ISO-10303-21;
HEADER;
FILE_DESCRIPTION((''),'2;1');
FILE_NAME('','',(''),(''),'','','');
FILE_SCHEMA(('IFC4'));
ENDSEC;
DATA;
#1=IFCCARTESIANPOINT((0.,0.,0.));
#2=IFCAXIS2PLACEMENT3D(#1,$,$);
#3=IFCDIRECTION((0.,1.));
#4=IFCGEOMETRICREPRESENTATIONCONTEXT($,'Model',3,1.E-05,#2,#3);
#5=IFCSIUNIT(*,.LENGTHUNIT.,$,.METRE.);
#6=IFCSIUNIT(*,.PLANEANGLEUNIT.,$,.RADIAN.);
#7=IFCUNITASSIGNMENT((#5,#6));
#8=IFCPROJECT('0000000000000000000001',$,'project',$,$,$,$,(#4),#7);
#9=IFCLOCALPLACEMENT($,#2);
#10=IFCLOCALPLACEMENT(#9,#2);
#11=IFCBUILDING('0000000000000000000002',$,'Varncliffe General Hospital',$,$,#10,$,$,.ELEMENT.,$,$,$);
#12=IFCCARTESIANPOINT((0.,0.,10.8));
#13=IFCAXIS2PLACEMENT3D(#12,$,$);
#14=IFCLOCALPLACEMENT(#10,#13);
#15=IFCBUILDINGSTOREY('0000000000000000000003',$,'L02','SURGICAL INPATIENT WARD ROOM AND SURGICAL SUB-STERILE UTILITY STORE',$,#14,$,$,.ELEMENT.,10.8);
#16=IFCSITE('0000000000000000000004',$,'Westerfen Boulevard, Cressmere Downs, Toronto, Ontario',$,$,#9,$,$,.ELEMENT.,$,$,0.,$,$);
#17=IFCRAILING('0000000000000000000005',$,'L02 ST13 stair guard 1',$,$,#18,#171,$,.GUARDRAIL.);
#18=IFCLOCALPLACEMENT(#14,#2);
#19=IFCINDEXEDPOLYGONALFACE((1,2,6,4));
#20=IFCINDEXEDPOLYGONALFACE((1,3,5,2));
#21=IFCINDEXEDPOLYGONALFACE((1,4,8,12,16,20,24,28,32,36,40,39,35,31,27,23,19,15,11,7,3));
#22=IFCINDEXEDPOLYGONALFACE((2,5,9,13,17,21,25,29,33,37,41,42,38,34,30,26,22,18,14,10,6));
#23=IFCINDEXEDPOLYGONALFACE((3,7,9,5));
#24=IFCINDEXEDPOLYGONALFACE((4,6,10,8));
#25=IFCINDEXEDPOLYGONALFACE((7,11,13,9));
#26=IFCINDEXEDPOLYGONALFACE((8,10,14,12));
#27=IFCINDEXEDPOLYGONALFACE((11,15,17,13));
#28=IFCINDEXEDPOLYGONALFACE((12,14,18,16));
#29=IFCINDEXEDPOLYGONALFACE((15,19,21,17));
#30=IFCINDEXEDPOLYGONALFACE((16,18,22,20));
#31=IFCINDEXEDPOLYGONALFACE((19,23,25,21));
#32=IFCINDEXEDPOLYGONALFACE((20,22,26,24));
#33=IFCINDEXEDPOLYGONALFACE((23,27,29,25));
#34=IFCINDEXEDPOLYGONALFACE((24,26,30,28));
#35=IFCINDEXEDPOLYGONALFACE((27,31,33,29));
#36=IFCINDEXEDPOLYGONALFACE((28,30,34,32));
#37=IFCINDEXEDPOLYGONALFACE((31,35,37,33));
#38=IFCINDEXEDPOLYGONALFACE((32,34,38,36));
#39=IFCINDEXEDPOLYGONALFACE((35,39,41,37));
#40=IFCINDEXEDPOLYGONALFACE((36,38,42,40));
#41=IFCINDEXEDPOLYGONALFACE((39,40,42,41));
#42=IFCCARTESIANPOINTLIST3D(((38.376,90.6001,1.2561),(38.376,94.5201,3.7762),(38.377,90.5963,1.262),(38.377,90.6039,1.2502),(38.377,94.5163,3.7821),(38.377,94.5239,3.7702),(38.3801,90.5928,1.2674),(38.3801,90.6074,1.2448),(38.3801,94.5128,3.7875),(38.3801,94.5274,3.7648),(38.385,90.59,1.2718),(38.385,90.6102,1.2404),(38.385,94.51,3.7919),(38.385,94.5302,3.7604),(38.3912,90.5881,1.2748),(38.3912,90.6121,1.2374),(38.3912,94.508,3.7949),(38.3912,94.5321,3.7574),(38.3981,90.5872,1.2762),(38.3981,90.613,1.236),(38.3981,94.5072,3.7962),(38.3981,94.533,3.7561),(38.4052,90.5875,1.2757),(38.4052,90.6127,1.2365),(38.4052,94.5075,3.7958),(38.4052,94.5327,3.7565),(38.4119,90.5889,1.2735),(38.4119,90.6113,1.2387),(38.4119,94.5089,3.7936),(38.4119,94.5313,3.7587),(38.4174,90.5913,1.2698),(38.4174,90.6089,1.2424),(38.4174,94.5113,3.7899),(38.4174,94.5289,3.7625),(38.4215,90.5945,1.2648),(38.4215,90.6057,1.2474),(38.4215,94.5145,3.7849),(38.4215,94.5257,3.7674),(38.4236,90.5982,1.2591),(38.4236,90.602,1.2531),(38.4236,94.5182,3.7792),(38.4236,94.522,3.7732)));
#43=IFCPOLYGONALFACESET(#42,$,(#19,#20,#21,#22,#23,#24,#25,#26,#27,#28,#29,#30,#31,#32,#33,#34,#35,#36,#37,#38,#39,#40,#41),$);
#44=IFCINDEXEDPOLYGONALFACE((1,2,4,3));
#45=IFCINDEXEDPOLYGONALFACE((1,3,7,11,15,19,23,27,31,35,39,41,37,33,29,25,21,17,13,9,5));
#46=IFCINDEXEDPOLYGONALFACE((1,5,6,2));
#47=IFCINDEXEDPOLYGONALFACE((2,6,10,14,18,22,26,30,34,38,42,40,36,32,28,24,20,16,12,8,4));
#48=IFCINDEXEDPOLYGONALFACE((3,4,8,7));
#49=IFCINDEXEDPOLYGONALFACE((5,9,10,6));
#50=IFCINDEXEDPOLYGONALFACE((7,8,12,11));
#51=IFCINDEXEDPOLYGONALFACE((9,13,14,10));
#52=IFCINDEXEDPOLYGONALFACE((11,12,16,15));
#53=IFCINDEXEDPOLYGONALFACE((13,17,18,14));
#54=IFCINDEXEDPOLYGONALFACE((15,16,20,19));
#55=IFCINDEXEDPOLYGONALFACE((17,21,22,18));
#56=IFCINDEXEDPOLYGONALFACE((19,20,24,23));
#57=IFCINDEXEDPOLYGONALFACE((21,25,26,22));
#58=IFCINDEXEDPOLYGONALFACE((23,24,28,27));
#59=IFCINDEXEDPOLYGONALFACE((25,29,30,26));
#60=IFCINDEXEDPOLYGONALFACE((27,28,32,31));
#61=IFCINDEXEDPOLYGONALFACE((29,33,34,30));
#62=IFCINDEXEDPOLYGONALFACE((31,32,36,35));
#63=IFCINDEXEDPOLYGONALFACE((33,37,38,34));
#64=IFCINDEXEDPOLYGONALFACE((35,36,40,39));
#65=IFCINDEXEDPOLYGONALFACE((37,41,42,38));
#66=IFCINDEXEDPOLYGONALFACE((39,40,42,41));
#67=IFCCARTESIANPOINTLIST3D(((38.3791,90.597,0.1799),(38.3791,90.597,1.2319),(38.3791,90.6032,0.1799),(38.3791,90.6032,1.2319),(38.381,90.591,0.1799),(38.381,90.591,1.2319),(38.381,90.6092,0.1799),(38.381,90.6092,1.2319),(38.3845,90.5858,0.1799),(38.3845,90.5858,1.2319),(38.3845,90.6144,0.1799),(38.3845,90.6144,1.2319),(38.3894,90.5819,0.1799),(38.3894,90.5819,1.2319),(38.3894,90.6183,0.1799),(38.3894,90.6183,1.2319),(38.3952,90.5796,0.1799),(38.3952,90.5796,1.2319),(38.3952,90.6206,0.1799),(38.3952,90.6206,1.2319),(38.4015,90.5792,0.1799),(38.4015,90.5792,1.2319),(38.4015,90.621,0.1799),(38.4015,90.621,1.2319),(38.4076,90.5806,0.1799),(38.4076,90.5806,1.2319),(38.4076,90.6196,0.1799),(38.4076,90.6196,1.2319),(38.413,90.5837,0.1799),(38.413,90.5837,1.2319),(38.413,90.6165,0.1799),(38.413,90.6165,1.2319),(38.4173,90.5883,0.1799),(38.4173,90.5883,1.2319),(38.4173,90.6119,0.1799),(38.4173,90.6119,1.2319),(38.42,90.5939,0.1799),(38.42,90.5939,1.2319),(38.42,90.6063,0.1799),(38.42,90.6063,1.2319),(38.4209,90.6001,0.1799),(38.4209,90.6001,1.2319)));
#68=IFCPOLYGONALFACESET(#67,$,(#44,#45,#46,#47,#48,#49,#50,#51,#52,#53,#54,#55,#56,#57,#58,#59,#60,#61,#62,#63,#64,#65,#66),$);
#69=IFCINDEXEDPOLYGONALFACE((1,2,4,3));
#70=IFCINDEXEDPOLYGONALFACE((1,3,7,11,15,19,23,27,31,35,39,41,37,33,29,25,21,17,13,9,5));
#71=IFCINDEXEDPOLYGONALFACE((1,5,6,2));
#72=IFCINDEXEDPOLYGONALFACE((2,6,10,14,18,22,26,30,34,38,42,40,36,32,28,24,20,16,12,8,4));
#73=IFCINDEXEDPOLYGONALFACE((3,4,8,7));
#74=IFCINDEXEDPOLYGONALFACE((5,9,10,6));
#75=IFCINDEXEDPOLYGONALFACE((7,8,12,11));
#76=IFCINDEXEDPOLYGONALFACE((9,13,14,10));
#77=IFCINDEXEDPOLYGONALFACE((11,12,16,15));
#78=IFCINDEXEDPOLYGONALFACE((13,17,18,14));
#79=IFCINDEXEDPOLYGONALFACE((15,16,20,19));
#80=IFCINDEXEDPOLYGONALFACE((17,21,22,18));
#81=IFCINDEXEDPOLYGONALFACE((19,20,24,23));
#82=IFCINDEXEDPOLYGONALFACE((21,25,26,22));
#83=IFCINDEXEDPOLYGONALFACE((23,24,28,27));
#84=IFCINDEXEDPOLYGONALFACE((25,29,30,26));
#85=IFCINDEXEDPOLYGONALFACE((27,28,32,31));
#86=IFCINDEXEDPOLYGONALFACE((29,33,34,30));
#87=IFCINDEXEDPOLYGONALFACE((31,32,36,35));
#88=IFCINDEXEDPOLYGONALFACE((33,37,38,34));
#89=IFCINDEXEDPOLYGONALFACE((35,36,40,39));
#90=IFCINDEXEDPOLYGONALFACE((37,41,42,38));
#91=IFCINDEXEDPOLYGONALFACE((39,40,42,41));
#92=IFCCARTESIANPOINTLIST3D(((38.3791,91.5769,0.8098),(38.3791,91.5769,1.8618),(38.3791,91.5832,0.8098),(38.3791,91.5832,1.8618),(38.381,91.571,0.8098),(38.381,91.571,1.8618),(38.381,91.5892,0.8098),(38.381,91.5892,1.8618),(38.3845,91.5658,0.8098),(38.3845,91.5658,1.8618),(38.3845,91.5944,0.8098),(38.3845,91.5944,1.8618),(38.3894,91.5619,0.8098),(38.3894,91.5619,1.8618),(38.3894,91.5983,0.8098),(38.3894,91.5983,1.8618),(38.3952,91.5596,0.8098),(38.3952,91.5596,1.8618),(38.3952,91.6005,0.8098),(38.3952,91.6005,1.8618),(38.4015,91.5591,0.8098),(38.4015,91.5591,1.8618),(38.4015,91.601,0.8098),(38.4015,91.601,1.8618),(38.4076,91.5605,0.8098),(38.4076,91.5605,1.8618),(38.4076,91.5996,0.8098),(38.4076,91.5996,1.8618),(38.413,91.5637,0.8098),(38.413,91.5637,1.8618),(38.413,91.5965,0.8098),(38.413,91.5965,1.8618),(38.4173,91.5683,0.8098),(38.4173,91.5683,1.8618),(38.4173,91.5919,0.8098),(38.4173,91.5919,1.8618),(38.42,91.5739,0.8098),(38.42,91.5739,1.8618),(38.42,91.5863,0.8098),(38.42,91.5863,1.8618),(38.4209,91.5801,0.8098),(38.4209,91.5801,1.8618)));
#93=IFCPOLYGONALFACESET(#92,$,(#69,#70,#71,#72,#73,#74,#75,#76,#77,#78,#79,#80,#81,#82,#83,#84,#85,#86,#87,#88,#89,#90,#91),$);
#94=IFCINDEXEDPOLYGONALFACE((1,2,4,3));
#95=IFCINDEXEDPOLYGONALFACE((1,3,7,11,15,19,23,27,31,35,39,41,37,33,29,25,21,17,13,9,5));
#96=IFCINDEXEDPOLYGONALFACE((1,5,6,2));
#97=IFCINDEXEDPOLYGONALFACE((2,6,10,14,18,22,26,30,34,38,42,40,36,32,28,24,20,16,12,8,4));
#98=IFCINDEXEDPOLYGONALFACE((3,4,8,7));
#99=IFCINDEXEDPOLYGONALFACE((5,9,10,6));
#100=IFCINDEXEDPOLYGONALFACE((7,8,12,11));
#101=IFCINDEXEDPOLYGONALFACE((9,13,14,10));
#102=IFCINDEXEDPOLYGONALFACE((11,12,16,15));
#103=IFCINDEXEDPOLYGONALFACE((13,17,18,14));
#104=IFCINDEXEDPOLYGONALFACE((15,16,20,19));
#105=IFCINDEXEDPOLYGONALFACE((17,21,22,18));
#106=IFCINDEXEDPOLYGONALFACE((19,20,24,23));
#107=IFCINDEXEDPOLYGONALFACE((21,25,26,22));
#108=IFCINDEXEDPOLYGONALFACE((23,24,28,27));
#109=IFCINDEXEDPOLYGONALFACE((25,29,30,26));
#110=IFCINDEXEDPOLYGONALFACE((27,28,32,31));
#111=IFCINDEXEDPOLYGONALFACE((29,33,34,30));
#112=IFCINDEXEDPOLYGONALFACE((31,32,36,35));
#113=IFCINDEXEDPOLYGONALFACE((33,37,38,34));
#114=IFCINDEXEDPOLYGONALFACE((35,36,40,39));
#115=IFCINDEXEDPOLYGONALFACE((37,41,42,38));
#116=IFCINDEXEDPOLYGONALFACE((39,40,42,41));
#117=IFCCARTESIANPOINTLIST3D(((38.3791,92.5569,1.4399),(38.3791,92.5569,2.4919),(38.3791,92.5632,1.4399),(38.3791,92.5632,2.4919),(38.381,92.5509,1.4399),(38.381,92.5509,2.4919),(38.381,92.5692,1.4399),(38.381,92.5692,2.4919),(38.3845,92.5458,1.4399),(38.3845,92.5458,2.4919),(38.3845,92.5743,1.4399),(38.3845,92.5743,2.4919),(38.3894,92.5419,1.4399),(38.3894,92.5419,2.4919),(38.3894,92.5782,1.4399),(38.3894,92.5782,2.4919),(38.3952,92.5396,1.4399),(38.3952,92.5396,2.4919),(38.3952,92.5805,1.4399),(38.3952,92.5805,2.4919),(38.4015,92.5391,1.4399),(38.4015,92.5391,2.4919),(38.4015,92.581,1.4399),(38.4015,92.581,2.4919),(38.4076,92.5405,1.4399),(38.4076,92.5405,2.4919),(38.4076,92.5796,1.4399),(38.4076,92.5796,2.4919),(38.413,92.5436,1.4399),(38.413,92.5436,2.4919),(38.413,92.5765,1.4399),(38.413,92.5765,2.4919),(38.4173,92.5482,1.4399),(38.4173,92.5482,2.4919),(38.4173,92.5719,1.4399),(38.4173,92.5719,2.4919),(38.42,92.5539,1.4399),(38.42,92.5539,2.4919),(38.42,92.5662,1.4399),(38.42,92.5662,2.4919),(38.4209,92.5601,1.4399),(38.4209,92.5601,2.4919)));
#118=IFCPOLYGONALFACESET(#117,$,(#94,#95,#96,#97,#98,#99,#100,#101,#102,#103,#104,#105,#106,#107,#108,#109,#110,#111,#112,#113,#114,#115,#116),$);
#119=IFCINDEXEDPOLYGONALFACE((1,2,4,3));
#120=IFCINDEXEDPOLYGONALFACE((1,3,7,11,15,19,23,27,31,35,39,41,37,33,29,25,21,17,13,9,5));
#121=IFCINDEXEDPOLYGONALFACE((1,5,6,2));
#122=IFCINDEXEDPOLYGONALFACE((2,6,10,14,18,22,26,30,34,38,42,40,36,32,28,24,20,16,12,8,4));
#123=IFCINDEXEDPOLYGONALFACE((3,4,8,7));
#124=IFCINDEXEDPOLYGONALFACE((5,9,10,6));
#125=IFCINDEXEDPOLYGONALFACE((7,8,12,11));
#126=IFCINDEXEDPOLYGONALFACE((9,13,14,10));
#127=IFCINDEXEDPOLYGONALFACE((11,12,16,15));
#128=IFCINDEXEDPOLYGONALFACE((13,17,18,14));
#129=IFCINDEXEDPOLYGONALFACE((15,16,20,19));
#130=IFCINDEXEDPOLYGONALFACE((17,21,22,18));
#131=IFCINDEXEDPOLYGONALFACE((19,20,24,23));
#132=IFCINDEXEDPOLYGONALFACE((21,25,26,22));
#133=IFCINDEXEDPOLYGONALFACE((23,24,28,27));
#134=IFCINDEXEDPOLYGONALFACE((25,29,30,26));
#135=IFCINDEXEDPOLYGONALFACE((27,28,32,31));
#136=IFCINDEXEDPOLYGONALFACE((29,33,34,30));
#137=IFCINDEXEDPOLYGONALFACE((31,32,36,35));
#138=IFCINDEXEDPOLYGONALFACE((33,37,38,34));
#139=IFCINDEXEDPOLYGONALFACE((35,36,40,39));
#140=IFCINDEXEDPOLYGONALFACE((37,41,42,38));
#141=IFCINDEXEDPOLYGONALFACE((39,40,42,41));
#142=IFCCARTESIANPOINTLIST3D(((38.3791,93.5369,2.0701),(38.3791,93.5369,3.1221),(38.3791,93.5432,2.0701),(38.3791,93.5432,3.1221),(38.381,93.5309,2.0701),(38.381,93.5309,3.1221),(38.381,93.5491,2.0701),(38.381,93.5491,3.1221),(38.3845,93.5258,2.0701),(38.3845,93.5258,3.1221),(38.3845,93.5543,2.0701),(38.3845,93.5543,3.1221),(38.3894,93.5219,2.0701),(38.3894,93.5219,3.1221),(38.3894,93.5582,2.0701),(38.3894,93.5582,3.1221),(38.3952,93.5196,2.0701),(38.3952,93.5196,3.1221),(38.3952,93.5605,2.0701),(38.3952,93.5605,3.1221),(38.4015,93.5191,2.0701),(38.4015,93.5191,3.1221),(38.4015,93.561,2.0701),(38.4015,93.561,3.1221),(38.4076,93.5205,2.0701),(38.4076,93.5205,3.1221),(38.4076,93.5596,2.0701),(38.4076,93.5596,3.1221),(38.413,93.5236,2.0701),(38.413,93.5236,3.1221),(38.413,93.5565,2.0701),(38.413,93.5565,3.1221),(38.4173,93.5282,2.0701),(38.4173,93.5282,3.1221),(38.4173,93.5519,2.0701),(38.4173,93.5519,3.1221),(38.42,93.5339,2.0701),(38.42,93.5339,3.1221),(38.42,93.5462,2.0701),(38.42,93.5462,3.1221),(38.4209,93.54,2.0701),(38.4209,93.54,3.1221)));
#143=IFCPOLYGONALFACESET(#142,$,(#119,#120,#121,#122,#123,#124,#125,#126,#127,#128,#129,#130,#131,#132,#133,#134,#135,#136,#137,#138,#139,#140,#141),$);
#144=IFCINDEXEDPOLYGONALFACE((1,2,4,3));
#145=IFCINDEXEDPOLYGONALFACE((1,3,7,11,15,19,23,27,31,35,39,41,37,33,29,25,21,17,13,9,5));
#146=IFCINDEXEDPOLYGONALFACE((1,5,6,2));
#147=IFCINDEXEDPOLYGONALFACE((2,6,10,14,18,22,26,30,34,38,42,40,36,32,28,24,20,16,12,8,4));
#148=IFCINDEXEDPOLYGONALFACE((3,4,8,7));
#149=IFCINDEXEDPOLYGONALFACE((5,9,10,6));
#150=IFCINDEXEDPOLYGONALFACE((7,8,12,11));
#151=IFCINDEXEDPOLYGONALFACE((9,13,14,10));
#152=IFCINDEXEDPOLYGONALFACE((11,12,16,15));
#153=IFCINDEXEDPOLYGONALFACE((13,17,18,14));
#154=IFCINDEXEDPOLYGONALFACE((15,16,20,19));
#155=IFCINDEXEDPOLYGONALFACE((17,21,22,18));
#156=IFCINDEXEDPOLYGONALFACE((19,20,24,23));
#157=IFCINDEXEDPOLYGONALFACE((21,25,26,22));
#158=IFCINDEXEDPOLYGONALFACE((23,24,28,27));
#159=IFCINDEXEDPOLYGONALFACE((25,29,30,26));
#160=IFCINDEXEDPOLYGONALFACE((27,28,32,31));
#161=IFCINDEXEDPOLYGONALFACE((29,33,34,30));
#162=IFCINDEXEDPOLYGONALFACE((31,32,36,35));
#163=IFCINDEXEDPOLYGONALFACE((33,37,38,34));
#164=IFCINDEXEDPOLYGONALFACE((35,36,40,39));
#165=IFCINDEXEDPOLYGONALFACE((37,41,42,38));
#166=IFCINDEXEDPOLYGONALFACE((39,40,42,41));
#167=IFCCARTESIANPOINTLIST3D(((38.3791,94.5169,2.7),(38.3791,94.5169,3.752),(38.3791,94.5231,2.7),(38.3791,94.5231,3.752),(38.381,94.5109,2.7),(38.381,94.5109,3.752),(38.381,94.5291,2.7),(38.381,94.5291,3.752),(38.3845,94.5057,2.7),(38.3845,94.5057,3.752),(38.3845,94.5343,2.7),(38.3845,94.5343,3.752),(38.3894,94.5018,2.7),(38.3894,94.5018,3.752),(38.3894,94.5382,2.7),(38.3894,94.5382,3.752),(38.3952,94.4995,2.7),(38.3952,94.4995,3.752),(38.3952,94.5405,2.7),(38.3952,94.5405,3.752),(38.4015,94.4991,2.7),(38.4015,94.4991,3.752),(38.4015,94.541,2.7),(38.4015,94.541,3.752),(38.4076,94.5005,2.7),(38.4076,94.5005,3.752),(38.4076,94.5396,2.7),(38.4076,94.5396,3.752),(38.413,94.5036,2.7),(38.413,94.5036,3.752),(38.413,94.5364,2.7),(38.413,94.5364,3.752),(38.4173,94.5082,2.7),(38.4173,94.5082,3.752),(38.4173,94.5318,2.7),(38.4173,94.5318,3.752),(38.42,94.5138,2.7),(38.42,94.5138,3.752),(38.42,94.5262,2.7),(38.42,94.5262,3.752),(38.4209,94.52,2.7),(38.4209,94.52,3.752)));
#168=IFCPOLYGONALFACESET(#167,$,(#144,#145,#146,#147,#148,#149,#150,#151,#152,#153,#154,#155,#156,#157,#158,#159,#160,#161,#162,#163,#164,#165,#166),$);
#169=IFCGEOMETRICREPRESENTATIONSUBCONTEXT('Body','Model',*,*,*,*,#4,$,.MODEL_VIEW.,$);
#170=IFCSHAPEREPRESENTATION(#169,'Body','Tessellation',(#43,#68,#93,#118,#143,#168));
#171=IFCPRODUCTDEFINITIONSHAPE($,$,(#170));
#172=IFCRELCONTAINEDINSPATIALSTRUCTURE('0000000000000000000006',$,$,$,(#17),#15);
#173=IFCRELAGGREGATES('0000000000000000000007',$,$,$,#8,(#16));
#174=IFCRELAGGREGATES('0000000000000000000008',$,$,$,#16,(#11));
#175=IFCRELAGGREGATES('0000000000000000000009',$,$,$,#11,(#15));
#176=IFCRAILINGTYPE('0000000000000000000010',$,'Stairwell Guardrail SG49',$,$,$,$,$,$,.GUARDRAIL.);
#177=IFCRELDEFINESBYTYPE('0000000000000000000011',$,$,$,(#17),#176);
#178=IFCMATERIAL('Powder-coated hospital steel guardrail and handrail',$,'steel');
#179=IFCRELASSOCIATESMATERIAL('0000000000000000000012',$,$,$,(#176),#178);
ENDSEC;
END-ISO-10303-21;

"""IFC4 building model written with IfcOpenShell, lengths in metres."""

from ifc_helpers import new_model, si_unit, direction, frame, origin, origin_2d, place, context, subcontext, project, spatial, circle, extrude, material, type_object, element, save


model = new_model("IFC4")

# Units and contexts
model_context = context("Model", 3, precision=1e-05, world=origin(), true_north=direction((0.0, 1.0)))
body_context = subcontext(model_context, "Body", "Model", "MODEL_VIEW")
ifc_project = project(units=[si_unit("LENGTHUNIT", "METRE"), si_unit("PLANEANGLEUNIT", "RADIAN")], contexts=[model_context])

# Site, building, storey
site_placement = place(None, origin())
site = spatial("IfcSite", under=ifc_project, at=site_placement, Name="Westerfen Boulevard, Cressmere Downs, Toronto, Ontario", CompositionType="ELEMENT", RefElevation=0.0)
building_placement = place(site_placement, origin())
building = spatial("IfcBuilding", under=site, at=building_placement, Name="Varncliffe General Hospital", CompositionType="ELEMENT")
storey_placement = place(building_placement, frame((0.0, 0.0, 10.8)))
storey = spatial("IfcBuildingStorey", under=building, at=storey_placement, Name="L02", Description="SURGICAL INPATIENT WARD ROOM AND SURGICAL SUB-STERILE UTILITY STORE", CompositionType="ELEMENT", Elevation=10.8)

# Railing
ifc_material_1 = material(Name="Powder-coated hospital steel guardrail and handrail", Category="steel")
railing_type_1 = type_object("IfcRailingType", Name="Stairwell Guardrail SG49", PredefinedType="GUARDRAIL", material=ifc_material_1)
railing_1_placement = place(storey_placement, frame((38.3999, 90.6001, 0.1799)))
element("IfcRailing", 1, at=railing_1_placement, inside=storey, type_object=railing_type_1, Name="L02 ST13 stair guard 1", PredefinedType="GUARDRAIL", context=body_context, shape_type="SweptSolid", body=[
    extrude(circle(Radius=0.0239, at=origin_2d()), frame((0.0, 0.0, 1.0762), z_axis=(0.0, 0.841172, 0.540768), x_axis=(-1.0, 0.0, 0.0)), (0.0, 0.0, 1.0), 4.6602),
    extrude(circle(Radius=0.021, at=origin_2d()), origin(), (0.0, 0.0, 1.0), 1.052),
    extrude(circle(Radius=0.021, at=origin_2d()), frame((0.0, 0.98, 0.6299)), (0.0, 0.0, 1.0), 1.052),
    extrude(circle(Radius=0.021, at=origin_2d()), frame((0.0, 1.96, 1.26)), (0.0, 0.0, 1.0), 1.052),
    extrude(circle(Radius=0.021, at=origin_2d()), frame((0.0, 2.9399, 1.8901)), (0.0, 0.0, 1.0), 1.052),
    extrude(circle(Radius=0.021, at=origin_2d()), frame((0.0, 3.9199, 2.52)), (0.0, 0.0, 1.0), 1.052),
])

save(model, "model.ifc")
